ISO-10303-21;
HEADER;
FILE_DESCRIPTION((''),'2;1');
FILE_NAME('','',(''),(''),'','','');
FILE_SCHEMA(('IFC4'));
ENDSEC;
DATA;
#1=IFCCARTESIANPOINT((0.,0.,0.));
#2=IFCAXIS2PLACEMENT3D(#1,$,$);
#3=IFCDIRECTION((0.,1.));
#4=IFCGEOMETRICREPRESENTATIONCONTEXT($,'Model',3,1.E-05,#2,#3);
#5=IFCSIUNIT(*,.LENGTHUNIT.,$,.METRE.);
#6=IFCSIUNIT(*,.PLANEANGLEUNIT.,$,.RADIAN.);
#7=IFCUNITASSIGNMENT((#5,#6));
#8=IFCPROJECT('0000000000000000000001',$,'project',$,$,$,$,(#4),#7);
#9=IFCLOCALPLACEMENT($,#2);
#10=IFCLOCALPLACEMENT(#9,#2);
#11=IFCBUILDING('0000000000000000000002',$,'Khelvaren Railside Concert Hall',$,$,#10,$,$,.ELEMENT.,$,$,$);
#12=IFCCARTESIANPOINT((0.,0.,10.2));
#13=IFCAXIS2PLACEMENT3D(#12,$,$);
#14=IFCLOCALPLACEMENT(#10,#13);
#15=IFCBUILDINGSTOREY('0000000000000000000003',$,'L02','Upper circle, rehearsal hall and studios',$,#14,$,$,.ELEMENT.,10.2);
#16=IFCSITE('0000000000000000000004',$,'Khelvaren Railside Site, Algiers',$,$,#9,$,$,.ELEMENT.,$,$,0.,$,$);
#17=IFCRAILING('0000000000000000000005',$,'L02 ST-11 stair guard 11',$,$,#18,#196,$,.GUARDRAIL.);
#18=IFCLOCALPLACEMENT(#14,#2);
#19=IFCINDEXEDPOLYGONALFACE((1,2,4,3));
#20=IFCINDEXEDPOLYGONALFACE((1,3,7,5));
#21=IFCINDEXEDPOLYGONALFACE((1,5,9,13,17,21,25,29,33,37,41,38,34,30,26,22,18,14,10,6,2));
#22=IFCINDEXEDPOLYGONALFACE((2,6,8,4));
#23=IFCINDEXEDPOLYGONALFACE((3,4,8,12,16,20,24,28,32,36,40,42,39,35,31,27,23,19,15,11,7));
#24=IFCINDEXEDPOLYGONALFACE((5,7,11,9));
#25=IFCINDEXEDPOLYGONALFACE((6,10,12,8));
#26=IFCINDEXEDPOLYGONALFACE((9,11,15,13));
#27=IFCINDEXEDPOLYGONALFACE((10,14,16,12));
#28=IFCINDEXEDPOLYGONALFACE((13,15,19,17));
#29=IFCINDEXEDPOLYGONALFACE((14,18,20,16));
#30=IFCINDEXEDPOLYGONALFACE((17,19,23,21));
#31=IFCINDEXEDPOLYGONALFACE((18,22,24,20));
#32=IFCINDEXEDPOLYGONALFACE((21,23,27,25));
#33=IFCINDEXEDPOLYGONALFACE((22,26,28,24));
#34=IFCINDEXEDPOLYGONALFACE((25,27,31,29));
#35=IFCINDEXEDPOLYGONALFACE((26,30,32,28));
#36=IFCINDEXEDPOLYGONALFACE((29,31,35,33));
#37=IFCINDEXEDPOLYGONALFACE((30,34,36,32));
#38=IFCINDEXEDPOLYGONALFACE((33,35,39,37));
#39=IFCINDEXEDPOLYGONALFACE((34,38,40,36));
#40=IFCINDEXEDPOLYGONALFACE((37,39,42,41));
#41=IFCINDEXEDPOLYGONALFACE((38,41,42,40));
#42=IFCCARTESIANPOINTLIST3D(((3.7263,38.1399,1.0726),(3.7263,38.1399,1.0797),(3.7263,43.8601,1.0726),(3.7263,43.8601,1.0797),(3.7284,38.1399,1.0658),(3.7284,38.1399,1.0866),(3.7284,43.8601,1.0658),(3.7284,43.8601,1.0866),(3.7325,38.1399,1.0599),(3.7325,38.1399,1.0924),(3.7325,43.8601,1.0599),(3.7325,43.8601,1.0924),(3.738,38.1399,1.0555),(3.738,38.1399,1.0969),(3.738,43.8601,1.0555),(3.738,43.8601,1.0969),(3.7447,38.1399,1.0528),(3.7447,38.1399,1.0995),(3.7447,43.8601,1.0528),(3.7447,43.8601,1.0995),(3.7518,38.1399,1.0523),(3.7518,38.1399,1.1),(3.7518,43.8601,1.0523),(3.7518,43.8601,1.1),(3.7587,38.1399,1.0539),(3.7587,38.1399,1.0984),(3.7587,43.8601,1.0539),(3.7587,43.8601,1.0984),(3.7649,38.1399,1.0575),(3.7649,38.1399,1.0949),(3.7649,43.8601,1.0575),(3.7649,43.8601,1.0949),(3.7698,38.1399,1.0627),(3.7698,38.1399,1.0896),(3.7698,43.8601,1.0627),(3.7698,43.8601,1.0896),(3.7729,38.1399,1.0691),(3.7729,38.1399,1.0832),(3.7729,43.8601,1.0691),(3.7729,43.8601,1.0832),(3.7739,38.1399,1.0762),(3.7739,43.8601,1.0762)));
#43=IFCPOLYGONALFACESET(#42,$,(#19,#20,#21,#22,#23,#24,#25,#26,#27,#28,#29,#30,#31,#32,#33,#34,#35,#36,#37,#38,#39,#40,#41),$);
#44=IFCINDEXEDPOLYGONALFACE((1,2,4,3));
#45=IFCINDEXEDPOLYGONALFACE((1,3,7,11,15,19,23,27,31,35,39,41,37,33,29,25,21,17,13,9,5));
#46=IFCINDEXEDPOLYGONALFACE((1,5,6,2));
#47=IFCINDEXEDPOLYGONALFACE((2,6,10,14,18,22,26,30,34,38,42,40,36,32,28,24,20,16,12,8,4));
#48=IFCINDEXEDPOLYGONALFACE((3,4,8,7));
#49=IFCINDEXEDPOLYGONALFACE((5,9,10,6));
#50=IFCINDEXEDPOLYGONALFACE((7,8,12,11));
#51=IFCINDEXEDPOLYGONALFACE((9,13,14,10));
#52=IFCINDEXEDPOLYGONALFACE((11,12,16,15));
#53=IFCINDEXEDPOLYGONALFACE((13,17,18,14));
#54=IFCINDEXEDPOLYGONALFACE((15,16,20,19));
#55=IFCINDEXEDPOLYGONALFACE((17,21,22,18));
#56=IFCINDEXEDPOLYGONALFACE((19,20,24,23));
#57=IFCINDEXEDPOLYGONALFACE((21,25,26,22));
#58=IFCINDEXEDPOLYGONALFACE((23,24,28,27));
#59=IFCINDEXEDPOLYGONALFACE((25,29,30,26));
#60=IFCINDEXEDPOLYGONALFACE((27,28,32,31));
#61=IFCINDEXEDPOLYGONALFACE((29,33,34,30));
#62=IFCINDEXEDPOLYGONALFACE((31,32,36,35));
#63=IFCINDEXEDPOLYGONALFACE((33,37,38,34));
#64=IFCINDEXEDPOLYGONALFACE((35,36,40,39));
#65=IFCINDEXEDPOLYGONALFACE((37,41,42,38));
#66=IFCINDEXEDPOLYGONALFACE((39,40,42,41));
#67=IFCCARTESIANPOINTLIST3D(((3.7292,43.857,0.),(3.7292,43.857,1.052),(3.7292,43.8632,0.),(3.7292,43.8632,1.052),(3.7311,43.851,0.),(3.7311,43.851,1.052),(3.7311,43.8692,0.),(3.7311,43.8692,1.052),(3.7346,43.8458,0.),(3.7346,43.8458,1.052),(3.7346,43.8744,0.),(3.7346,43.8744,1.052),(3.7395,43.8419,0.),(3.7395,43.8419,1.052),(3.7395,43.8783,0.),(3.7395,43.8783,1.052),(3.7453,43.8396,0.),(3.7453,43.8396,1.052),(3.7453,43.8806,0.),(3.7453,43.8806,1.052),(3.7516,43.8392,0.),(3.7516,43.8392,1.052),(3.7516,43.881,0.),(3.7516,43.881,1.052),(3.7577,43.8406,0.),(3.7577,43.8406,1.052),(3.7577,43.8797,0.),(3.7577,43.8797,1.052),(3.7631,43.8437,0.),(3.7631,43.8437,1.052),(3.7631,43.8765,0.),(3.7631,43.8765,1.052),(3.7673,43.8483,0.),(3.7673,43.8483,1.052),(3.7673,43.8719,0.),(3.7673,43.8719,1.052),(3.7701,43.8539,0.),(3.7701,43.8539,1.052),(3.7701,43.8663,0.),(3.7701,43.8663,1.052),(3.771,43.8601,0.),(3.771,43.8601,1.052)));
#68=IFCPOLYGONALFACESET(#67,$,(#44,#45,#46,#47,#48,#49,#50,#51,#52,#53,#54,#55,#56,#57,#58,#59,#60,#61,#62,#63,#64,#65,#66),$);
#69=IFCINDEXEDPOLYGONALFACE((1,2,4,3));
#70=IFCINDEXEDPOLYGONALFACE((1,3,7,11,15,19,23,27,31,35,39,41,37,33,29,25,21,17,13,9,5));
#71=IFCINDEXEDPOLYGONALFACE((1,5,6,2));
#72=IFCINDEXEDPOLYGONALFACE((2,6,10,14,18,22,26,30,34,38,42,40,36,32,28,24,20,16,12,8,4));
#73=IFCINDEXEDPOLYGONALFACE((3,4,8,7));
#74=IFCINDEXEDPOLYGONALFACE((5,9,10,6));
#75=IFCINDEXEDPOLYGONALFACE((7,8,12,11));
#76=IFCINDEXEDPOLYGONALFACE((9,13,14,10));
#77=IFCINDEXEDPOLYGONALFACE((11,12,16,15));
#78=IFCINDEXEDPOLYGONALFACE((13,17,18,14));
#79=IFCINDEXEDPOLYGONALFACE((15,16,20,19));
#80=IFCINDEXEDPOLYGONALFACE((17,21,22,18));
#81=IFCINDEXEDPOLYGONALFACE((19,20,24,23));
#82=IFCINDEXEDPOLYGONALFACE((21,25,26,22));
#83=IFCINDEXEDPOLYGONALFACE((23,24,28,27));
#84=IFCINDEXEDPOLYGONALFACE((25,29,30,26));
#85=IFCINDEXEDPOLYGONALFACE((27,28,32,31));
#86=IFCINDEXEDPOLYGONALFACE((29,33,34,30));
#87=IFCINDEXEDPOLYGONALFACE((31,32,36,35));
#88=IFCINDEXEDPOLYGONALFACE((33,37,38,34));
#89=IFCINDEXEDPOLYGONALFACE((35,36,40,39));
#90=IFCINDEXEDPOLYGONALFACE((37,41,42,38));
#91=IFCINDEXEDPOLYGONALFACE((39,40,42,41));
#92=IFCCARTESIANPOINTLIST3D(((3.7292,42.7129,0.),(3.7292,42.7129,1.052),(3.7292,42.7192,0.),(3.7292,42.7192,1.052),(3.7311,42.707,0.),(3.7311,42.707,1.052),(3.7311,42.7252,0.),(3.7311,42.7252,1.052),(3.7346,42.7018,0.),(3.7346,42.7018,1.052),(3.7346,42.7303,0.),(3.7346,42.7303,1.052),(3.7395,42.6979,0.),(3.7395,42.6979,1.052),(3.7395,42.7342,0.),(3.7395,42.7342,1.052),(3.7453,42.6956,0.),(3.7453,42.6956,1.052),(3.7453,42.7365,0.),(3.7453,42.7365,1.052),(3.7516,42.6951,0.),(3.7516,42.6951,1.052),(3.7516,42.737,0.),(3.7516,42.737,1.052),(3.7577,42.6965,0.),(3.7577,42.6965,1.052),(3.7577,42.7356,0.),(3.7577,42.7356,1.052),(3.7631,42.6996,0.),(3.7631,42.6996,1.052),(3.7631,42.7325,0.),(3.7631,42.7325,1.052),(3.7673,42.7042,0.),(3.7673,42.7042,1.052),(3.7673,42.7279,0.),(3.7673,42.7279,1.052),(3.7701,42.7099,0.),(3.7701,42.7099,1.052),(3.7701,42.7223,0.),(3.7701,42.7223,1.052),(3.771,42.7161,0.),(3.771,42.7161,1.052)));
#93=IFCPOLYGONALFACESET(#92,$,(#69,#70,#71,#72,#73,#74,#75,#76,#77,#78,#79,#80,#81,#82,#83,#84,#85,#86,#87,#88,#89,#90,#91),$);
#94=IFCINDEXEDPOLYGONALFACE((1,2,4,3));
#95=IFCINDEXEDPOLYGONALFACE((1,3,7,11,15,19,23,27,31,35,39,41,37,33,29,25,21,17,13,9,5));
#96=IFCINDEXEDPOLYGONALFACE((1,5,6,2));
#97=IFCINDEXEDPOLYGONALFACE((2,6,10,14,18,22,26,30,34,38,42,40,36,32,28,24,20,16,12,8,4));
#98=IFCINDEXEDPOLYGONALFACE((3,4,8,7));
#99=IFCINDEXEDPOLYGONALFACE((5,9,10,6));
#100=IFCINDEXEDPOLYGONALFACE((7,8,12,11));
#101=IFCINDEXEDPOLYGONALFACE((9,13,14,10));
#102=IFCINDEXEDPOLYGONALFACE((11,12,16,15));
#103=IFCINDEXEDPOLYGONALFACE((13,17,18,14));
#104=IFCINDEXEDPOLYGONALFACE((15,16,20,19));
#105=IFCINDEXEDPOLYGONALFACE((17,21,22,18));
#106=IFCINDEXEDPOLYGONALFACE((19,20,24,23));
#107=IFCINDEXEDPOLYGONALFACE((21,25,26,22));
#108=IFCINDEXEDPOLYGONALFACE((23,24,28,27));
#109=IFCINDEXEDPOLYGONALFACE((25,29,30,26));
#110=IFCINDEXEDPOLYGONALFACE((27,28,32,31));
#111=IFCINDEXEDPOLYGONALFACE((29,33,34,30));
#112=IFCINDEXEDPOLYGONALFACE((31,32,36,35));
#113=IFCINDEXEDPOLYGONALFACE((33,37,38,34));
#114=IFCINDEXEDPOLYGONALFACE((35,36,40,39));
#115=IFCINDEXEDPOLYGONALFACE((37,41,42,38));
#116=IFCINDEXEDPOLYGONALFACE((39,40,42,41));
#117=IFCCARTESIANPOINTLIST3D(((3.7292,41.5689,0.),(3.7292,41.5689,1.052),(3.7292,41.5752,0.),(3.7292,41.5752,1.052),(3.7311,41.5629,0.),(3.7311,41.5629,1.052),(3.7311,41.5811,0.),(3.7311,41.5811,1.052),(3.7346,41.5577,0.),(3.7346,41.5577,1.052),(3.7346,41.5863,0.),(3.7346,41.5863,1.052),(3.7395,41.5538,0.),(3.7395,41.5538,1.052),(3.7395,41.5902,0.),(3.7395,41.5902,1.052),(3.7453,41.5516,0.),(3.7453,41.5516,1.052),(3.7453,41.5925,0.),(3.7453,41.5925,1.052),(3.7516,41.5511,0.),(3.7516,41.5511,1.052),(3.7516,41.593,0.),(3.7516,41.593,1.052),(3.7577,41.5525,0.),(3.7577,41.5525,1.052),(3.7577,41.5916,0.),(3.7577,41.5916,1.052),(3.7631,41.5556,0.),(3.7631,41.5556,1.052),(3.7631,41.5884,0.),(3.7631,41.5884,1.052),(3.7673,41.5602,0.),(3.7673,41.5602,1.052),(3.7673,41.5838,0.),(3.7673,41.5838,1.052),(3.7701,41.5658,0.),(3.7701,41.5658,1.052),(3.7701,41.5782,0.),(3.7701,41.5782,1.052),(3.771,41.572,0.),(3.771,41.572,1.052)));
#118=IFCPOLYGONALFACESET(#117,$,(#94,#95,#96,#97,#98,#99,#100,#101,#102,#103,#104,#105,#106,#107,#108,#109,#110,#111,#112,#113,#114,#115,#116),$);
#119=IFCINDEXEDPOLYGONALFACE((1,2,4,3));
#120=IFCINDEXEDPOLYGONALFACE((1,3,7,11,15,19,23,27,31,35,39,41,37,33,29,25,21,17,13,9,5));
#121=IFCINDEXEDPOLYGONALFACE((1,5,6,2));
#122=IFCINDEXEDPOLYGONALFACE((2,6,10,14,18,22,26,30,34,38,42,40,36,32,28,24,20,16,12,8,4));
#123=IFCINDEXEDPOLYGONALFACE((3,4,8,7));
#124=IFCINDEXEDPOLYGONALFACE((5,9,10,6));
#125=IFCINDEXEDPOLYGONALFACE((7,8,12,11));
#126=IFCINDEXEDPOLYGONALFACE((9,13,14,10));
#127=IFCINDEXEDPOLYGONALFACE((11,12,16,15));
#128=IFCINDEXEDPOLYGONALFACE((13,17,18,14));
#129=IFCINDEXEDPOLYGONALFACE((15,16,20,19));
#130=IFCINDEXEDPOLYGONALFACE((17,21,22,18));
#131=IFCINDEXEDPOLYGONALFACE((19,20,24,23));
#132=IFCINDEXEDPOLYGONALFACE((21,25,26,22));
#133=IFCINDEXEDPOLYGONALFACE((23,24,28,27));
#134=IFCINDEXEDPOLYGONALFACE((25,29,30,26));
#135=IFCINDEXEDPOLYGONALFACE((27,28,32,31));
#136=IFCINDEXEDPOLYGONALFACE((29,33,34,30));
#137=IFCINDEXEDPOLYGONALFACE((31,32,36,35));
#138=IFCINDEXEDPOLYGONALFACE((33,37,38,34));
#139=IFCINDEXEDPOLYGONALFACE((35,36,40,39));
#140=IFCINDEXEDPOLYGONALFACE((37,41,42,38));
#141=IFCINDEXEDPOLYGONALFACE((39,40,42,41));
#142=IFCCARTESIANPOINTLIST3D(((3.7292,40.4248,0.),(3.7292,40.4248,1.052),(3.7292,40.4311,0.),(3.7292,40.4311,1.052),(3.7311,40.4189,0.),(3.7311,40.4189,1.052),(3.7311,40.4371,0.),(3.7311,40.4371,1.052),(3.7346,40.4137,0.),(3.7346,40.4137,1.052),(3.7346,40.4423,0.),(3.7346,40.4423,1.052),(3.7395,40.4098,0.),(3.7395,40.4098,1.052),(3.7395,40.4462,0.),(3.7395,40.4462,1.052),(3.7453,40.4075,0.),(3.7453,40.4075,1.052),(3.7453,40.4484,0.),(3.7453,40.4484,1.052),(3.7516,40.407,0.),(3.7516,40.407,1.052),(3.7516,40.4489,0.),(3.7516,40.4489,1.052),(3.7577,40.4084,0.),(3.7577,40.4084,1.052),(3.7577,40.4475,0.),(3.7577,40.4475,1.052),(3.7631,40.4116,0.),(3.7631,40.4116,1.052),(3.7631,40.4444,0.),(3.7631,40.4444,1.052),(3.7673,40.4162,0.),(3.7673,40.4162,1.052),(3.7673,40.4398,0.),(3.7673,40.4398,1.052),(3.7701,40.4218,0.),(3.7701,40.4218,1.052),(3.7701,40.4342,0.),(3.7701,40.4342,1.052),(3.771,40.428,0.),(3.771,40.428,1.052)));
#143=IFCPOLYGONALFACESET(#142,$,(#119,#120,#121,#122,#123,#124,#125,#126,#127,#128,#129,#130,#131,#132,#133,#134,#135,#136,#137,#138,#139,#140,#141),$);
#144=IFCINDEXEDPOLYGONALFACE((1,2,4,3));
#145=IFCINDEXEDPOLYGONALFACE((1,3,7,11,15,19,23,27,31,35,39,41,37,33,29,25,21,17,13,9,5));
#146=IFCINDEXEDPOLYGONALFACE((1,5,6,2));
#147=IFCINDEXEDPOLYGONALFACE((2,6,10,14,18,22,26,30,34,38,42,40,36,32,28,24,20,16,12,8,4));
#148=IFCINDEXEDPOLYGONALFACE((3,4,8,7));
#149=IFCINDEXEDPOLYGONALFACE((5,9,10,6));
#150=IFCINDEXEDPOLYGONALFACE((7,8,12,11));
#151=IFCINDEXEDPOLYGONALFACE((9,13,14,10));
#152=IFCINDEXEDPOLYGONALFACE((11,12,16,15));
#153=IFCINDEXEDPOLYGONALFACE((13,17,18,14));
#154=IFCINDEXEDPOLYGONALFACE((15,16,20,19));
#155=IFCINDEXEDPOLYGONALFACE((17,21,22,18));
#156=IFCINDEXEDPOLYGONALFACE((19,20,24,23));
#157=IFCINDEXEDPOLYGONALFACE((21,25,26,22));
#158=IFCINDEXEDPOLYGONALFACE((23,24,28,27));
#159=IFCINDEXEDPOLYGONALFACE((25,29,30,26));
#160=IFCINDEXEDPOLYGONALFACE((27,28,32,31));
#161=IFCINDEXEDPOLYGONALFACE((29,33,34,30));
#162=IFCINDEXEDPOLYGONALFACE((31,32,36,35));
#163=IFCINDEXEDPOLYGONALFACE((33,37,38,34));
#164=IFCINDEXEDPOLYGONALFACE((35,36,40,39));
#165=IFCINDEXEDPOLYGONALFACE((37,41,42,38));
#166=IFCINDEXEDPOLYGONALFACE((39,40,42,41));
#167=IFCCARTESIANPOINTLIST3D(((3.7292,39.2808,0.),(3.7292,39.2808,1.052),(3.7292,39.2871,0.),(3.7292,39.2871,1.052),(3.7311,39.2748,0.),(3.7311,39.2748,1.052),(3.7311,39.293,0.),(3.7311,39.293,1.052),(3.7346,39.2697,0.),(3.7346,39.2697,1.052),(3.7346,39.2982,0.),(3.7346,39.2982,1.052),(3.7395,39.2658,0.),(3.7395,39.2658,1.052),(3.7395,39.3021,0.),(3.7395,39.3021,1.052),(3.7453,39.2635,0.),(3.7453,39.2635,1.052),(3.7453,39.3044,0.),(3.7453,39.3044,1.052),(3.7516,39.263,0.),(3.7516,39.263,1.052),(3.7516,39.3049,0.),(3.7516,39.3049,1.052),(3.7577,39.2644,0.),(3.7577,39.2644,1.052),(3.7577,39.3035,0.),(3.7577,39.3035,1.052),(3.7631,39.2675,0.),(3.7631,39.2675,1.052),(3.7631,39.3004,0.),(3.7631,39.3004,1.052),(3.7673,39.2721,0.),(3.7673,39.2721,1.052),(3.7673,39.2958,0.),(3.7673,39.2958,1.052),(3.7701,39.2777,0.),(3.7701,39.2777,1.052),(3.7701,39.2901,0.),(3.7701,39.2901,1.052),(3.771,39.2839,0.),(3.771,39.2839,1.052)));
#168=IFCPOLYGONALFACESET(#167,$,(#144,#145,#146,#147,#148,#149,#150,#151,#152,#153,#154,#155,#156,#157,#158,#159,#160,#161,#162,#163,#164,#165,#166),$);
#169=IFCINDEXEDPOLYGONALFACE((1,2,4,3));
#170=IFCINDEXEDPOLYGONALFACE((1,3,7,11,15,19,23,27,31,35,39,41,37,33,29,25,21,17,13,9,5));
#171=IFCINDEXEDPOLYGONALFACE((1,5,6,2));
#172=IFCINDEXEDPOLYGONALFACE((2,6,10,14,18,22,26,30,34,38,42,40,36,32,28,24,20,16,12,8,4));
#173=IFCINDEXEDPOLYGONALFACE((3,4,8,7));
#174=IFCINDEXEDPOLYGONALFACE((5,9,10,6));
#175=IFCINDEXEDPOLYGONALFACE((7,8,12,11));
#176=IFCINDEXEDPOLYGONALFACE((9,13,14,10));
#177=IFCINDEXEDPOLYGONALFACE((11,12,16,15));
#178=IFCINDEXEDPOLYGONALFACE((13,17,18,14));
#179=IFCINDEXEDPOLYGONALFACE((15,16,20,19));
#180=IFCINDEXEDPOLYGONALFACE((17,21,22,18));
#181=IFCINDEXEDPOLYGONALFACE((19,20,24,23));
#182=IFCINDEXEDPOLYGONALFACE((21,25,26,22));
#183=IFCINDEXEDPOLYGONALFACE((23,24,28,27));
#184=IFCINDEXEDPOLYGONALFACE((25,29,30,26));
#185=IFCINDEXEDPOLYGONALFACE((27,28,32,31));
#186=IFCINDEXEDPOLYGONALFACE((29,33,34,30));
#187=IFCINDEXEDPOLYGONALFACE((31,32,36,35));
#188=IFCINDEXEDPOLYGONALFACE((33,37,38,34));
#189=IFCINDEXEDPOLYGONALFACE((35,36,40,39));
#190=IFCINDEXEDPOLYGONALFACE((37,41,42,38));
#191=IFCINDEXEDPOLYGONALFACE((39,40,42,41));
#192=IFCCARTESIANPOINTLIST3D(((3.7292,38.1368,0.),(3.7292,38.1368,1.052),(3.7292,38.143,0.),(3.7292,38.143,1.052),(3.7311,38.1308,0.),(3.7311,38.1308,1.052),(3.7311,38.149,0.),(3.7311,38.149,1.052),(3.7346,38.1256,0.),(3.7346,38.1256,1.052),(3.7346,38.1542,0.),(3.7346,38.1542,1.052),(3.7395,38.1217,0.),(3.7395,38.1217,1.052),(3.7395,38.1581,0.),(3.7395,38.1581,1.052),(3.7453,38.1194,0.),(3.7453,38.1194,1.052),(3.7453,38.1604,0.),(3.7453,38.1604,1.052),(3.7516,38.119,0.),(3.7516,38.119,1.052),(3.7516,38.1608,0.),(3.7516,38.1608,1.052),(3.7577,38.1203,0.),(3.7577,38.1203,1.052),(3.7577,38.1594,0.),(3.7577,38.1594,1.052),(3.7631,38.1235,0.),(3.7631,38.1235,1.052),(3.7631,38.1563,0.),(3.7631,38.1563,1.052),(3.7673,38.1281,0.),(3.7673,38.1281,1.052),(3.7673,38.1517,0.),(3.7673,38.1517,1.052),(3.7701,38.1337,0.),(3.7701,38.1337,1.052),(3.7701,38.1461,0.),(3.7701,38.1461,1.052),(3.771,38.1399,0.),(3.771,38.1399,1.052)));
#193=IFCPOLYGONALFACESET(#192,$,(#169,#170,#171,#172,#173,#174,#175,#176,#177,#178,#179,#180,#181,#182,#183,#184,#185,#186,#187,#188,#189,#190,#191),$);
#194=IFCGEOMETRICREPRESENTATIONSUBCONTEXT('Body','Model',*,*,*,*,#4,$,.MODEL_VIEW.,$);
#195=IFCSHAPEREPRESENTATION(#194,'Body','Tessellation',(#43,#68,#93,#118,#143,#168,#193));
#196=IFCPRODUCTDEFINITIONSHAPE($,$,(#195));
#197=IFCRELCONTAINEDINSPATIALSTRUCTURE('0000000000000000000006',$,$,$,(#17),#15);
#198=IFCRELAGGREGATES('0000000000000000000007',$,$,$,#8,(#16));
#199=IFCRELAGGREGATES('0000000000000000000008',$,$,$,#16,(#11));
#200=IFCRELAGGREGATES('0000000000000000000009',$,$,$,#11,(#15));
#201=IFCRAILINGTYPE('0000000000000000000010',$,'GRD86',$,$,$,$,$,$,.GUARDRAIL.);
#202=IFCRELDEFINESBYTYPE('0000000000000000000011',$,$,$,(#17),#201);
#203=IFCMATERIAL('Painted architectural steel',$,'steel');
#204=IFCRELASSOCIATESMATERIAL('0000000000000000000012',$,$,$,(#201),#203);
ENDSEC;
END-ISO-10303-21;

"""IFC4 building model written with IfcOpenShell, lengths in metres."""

from ifc_helpers import new_model, si_unit, direction, frame, origin, origin_2d, place, context, subcontext, project, spatial, circle, extrude, material, type_object, element, save


model = new_model("IFC4")

# Units and contexts
model_context = context("Model", 3, precision=1e-05, world=origin(), true_north=direction((0.0, 1.0)))
body_context = subcontext(model_context, "Body", "Model", "MODEL_VIEW")
ifc_project = project(units=[si_unit("LENGTHUNIT", "METRE"), si_unit("PLANEANGLEUNIT", "RADIAN")], contexts=[model_context])

# Site, building, storey
site_placement = place(None, origin())
site = spatial("IfcSite", under=ifc_project, at=site_placement, Name="Khelvaren Railside Site, Algiers", CompositionType="ELEMENT", RefElevation=0.0)
building_placement = place(site_placement, origin())
building = spatial("IfcBuilding", under=site, at=building_placement, Name="Khelvaren Railside Concert Hall", CompositionType="ELEMENT")
storey_placement = place(building_placement, frame((0.0, 0.0, 10.2)))
storey = spatial("IfcBuildingStorey", under=building, at=storey_placement, Name="L02", Description="Upper circle, rehearsal hall and studios", CompositionType="ELEMENT", Elevation=10.2)

# Railing
ifc_material_1 = material(Name="Painted architectural steel", Category="steel")
railing_type = type_object("IfcRailingType", Name="GRD86", PredefinedType="GUARDRAIL", material=ifc_material_1)
railing_placement = place(storey_placement, frame((3.75, 43.8601, 0.0)))
element("IfcRailing", 1, at=railing_placement, inside=storey, type_object=railing_type, Name="L02 ST-11 stair guard 11", PredefinedType="GUARDRAIL", context=body_context, shape_type="SweptSolid", body=[
    extrude(circle(Radius=0.0239, at=origin_2d()), frame((0.0, 0.0, 1.0762), z_axis=(0.0, -1.0, 0.0), x_axis=(1.0, 0.0, 0.0)), (0.0, 0.0, 1.0), 5.7202),
    extrude(circle(Radius=0.021, at=origin_2d()), origin(), (0.0, 0.0, 1.0), 1.052),
    extrude(circle(Radius=0.021, at=origin_2d()), frame((0.0, -1.144, 0.0)), (0.0, 0.0, 1.0), 1.052),
    extrude(circle(Radius=0.021, at=origin_2d()), frame((0.0, -2.2881, 0.0)), (0.0, 0.0, 1.0), 1.052),
    extrude(circle(Radius=0.021, at=origin_2d()), frame((0.0, -3.4321, 0.0)), (0.0, 0.0, 1.0), 1.052),
    extrude(circle(Radius=0.021, at=origin_2d()), frame((0.0, -4.5762, 0.0)), (0.0, 0.0, 1.0), 1.052),
    extrude(circle(Radius=0.021, at=origin_2d()), frame((0.0, -5.7202, 0.0)), (0.0, 0.0, 1.0), 1.052),
])

save(model, "model.ifc")
